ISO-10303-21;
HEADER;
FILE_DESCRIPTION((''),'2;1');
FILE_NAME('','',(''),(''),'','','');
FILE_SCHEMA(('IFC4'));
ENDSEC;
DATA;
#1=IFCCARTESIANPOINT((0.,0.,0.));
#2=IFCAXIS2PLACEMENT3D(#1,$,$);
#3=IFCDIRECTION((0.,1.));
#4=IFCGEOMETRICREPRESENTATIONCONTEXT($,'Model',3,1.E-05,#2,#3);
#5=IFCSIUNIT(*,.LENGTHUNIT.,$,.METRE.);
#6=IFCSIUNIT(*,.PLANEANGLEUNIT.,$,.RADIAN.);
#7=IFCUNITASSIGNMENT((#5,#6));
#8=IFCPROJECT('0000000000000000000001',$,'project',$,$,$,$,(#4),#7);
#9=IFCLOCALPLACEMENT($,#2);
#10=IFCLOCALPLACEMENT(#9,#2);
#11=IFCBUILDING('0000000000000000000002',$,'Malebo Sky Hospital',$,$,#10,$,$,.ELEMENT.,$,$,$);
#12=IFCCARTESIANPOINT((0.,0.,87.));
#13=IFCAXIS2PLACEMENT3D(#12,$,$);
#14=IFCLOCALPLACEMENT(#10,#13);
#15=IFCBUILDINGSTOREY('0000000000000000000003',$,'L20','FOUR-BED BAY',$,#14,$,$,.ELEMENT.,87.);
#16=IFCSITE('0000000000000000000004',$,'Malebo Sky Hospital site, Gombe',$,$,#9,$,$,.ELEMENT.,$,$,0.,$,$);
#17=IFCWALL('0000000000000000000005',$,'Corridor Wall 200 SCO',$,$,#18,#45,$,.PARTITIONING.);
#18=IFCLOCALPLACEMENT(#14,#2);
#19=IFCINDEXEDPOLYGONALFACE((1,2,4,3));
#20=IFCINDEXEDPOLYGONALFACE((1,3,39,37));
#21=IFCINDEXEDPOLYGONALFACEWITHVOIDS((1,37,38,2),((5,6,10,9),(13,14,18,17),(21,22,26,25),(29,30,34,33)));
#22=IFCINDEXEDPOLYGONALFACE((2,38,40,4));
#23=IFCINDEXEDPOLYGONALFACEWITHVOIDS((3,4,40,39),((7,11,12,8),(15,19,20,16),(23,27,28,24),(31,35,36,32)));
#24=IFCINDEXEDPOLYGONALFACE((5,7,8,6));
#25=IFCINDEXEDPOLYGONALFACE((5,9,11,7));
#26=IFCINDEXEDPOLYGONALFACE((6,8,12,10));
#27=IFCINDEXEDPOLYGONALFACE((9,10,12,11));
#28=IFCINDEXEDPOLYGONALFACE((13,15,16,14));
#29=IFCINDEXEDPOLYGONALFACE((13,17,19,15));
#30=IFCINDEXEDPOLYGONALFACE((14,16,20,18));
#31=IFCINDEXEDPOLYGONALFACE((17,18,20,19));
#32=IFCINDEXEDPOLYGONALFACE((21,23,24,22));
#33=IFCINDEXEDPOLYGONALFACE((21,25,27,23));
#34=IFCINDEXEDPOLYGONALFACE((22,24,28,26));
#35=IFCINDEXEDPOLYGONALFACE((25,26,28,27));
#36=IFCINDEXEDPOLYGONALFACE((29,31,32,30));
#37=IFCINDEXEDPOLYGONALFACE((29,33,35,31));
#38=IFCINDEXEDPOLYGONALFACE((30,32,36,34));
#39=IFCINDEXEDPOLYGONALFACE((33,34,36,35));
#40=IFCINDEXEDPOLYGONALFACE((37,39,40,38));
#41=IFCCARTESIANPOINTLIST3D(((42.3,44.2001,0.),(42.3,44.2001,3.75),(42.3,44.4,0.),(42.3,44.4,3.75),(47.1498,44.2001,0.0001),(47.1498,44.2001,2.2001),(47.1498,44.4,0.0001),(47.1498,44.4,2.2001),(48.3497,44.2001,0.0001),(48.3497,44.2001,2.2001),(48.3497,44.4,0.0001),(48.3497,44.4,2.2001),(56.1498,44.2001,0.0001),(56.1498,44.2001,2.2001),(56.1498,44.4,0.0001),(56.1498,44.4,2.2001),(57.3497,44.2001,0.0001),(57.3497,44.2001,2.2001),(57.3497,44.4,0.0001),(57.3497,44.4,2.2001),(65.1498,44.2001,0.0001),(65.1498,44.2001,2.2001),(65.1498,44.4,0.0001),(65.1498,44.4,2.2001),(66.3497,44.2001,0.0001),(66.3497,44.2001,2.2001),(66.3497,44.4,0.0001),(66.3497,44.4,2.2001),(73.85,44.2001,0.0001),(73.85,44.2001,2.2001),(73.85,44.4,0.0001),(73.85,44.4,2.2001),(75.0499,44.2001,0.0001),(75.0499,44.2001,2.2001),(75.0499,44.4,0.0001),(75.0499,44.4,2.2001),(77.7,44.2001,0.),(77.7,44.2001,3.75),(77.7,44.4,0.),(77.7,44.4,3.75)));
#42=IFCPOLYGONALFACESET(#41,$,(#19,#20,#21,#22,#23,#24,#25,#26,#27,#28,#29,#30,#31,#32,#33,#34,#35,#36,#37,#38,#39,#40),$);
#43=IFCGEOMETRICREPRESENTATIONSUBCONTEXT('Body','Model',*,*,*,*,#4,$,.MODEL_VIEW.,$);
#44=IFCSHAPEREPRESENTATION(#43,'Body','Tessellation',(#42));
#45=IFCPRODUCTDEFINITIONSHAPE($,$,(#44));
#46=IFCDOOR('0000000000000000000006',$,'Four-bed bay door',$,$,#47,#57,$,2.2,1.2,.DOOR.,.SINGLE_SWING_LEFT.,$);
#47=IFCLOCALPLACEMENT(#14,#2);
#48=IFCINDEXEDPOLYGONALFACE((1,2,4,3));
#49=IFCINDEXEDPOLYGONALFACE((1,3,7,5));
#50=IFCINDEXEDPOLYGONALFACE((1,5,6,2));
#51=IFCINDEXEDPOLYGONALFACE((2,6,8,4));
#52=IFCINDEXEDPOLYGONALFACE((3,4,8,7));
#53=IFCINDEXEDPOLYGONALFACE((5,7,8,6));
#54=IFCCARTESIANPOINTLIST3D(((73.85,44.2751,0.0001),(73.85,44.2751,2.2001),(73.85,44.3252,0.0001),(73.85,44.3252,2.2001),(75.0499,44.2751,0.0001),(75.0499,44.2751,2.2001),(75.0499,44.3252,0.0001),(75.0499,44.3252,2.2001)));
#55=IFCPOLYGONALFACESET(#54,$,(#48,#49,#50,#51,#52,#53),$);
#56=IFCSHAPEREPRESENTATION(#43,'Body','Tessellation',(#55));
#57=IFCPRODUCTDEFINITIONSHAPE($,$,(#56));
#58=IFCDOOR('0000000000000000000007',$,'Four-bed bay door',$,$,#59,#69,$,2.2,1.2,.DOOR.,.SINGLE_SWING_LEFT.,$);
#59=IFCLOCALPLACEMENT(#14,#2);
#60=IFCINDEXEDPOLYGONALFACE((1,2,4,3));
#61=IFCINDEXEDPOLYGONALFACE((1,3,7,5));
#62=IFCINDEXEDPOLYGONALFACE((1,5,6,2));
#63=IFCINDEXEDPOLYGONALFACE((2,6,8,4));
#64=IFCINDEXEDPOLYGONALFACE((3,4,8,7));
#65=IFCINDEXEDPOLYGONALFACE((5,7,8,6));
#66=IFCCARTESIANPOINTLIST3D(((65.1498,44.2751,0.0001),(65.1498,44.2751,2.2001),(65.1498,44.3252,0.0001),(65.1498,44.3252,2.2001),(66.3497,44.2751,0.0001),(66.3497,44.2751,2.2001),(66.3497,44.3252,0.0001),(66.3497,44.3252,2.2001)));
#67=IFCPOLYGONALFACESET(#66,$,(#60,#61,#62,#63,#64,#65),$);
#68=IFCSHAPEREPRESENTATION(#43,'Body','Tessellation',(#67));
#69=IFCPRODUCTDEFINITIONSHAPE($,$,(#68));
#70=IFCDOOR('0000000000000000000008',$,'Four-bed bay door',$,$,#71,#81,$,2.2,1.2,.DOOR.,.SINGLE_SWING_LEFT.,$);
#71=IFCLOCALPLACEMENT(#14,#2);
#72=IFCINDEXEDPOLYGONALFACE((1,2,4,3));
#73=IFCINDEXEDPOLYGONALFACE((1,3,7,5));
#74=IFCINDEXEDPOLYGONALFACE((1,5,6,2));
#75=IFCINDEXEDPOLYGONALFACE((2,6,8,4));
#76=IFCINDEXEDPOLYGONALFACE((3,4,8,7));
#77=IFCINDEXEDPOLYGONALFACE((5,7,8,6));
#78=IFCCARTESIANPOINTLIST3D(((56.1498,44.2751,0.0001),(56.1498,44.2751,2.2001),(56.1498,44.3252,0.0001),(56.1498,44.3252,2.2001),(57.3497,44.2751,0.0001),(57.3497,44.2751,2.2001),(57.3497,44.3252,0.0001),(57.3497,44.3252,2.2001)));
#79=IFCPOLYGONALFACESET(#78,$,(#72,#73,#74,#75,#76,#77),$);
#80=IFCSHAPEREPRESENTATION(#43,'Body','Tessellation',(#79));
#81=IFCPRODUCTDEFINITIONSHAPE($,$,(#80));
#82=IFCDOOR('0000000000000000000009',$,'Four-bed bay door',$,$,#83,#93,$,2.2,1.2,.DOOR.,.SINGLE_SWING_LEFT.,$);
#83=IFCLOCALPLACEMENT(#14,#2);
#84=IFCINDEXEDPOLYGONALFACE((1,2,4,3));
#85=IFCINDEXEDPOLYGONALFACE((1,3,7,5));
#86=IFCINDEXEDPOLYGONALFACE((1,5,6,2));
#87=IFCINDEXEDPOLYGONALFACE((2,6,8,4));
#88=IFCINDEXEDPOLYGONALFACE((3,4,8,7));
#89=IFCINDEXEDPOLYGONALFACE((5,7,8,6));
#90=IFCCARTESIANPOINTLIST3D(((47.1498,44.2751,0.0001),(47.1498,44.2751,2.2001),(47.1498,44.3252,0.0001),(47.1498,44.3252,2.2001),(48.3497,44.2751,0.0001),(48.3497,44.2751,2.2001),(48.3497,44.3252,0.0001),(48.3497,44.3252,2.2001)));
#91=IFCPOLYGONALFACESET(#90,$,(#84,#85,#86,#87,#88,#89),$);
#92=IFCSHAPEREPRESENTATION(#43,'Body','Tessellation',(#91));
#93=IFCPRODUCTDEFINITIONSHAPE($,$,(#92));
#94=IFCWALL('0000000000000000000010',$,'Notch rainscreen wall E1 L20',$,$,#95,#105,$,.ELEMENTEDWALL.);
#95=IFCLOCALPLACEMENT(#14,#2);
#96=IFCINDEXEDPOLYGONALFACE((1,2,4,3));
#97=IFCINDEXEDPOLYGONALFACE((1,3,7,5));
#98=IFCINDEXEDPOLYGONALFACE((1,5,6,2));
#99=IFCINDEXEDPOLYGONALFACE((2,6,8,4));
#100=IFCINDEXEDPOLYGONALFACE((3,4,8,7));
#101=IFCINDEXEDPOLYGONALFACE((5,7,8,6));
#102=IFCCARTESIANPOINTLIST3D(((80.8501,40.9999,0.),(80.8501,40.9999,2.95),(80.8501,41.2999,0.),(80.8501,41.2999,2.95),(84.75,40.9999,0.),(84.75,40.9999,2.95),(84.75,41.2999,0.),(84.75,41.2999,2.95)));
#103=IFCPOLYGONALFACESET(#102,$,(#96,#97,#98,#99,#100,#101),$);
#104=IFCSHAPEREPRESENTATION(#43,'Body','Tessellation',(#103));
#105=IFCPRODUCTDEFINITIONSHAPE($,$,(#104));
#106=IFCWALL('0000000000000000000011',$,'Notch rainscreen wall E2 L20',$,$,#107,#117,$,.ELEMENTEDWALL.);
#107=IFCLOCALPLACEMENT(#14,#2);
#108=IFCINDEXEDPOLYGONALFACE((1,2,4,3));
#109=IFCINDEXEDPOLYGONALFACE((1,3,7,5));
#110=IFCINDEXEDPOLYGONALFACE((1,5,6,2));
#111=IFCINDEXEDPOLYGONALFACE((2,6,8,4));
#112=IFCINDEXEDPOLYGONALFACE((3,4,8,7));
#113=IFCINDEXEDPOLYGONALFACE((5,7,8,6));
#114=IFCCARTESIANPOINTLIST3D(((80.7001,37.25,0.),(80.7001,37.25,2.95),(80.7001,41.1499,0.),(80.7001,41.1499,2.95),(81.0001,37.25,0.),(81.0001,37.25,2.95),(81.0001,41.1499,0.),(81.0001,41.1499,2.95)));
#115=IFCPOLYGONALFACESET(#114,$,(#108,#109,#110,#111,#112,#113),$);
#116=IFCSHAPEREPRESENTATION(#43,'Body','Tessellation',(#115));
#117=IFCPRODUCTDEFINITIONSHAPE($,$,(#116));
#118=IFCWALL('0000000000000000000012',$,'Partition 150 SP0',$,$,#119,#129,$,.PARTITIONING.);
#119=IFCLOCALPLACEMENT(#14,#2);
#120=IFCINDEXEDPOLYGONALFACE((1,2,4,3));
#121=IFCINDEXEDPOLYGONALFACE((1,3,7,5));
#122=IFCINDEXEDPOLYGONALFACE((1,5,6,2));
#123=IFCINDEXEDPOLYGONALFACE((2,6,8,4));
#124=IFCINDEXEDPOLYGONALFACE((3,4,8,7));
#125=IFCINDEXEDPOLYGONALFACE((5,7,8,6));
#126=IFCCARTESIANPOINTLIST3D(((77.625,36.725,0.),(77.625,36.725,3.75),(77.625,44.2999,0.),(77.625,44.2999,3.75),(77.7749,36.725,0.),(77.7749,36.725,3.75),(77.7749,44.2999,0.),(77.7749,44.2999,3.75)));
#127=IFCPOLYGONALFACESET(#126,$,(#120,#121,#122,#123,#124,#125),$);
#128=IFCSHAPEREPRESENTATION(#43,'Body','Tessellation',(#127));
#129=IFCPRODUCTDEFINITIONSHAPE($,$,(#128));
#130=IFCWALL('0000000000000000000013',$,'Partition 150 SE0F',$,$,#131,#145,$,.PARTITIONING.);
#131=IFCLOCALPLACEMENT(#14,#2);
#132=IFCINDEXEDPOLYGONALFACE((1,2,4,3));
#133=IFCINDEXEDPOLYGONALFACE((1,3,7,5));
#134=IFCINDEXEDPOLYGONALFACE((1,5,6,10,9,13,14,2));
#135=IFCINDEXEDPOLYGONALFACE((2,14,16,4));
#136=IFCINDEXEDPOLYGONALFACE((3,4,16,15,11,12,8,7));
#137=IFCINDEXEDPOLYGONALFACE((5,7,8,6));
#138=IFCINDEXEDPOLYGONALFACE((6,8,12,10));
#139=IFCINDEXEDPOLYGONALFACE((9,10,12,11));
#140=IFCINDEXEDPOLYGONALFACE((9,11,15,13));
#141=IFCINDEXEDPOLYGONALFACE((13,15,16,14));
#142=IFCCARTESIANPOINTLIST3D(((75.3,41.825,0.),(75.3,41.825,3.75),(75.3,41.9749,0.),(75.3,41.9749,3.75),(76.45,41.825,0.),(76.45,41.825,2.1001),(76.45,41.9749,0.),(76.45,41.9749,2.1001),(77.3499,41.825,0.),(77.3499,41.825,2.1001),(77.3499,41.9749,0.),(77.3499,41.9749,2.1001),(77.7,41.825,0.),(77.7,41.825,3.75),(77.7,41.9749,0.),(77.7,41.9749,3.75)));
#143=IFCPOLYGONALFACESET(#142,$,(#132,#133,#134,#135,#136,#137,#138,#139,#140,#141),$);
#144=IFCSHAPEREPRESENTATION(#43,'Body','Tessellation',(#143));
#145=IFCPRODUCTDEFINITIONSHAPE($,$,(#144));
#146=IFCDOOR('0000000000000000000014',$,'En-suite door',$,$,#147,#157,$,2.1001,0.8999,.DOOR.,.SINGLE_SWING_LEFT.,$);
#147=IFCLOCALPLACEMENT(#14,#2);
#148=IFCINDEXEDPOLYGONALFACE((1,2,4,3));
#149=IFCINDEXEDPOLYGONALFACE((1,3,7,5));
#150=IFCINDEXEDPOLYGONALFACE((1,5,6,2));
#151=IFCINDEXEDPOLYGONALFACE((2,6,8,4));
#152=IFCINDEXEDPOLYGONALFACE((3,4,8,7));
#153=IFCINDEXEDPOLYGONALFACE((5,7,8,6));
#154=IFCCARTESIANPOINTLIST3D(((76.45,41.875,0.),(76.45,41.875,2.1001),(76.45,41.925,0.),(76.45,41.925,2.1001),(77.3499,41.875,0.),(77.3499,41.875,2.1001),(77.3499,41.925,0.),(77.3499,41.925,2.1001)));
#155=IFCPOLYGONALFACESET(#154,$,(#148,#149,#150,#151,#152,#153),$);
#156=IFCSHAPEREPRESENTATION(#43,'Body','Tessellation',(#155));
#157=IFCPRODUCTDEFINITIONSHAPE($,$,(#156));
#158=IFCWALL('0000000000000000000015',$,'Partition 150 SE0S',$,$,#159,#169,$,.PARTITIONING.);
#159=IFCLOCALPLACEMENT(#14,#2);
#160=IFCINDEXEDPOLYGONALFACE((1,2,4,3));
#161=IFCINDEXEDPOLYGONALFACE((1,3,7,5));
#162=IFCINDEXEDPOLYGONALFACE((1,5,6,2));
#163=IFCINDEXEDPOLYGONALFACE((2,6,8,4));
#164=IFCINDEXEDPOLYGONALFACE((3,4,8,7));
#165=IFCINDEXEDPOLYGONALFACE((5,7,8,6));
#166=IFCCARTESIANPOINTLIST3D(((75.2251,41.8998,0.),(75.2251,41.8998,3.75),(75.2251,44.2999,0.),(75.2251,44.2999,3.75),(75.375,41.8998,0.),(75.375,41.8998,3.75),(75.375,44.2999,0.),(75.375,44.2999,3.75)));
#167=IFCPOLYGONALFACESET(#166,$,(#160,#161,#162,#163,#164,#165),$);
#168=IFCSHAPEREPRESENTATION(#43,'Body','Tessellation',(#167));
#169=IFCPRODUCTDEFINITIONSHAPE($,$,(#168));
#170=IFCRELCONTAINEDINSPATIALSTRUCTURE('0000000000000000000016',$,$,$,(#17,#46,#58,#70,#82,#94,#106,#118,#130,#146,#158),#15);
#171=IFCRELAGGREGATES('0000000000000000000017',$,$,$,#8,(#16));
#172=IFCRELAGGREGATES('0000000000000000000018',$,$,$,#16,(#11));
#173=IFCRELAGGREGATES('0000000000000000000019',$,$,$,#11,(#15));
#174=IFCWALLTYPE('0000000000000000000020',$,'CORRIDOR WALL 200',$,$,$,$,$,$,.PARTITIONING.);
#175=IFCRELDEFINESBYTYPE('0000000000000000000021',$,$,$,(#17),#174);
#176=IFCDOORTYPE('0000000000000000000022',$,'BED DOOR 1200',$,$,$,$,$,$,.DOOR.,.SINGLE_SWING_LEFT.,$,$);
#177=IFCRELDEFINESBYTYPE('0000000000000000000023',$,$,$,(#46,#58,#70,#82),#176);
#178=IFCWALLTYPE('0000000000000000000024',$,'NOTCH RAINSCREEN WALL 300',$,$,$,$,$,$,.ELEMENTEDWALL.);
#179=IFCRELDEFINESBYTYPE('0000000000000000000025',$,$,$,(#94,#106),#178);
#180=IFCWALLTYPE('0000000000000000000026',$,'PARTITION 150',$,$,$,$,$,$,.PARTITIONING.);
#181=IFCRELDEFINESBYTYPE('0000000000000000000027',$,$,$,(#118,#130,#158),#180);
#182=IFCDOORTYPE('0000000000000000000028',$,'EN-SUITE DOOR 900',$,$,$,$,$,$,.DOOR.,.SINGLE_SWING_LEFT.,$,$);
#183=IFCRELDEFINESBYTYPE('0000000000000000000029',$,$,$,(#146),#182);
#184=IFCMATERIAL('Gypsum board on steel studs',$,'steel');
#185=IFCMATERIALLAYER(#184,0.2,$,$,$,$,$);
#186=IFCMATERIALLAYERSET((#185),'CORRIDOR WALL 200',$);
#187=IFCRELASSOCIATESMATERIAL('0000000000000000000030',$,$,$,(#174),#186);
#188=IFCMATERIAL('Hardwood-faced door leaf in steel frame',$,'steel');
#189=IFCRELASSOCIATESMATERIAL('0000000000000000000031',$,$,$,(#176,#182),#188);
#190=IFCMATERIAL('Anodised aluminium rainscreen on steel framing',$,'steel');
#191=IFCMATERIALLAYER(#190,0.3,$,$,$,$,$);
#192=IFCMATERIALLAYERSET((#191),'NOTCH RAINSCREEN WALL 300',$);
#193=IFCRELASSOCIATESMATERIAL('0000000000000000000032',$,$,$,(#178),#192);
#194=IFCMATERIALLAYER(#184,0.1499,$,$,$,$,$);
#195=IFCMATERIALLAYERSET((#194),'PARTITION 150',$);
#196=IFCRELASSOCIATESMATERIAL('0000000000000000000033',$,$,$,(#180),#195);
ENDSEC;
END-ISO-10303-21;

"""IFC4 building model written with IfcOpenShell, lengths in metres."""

from ifc_helpers import new_model, si_unit, direction, frame, frame_2d, origin, place, context, subcontext, project, spatial, rectangle, extrude, material, layer, layer_set, type_object, element, fill, save


model = new_model("IFC4")

# Units and contexts
model_context = context("Model", 3, precision=1e-05, world=origin(), true_north=direction((0.0, 1.0)))
body_context = subcontext(model_context, "Body", "Model", "MODEL_VIEW")
ifc_project = project(units=[si_unit("LENGTHUNIT", "METRE"), si_unit("PLANEANGLEUNIT", "RADIAN")], contexts=[model_context])

# Site, building, storey
site_placement = place(None, origin())
site = spatial("IfcSite", under=ifc_project, at=site_placement, Name="Malebo Sky Hospital site, Gombe", CompositionType="ELEMENT", RefElevation=0.0)
building_placement = place(site_placement, origin())
building = spatial("IfcBuilding", under=site, at=building_placement, Name="Malebo Sky Hospital", CompositionType="ELEMENT")
storey_placement = place(building_placement, frame((0.0, 0.0, 87.0)))
storey = spatial("IfcBuildingStorey", under=building, at=storey_placement, Name="L20", Description="FOUR-BED BAY", CompositionType="ELEMENT", Elevation=87.0)

# Wall, openings, doors
ifc_material_1 = material(Name="Gypsum board on steel studs", Category="steel")
ifc_layer_1 = layer(ifc_material_1, 0.2)
ifc_layer_set_1 = layer_set([ifc_layer_1], Name="CORRIDOR WALL 200")
wall_type_1 = type_object("IfcWallType", Name="CORRIDOR WALL 200", PredefinedType="PARTITIONING", material=ifc_layer_set_1)
wall_1_placement = place(storey_placement, frame((77.7, 44.3, 0.0), z_axis=(0.0, 0.0, 1.0), x_axis=(-1.0, 0.0, 0.0)))
wall_1 = element("IfcWall", 1, at=wall_1_placement, inside=storey, type_object=wall_type_1, Name="Corridor Wall 200 SCO", PredefinedType="PARTITIONING", context=body_context, shape_type="SweptSolid", body=[
    extrude(rectangle(XDim=35.3999, YDim=0.2, at=frame_2d((17.7, 0.0))), origin(), (0.0, 0.0, 1.0), 3.75),
])
opening_1_placement = place(wall_1_placement, frame((2.6499, 0.0, 0.0)))
opening_1 = element("IfcOpeningElement", 2, at=opening_1_placement, cuts=wall_1, PredefinedType="OPENING", context=body_context, shape_type="SweptSolid", body=[
    extrude(rectangle(XDim=1.2, YDim=2.2, at=frame_2d((0.6001, 1.1001))), frame((0.0, 0.1099, 0.0), z_axis=(0.0, -1.0, 0.0), x_axis=(1.0, 0.0, 0.0)), (0.0, 0.0, 1.0), 0.22),
])
opening_2_placement = place(wall_1_placement, frame((11.3501, 0.0, 0.0)))
opening_2 = element("IfcOpeningElement", 3, at=opening_2_placement, cuts=wall_1, PredefinedType="OPENING", context=body_context, shape_type="SweptSolid", body=[
    extrude(rectangle(XDim=1.2, YDim=2.2, at=frame_2d((0.6001, 1.1001))), frame((0.0, 0.1099, 0.0), z_axis=(0.0, -1.0, 0.0), x_axis=(1.0, 0.0, 0.0)), (0.0, 0.0, 1.0), 0.22),
])
opening_3_placement = place(wall_1_placement, frame((20.3501, 0.0, 0.0)))
opening_3 = element("IfcOpeningElement", 4, at=opening_3_placement, cuts=wall_1, PredefinedType="OPENING", context=body_context, shape_type="SweptSolid", body=[
    extrude(rectangle(XDim=1.2, YDim=2.2, at=frame_2d((0.6001, 1.1001))), frame((0.0, 0.1099, 0.0), z_axis=(0.0, -1.0, 0.0), x_axis=(1.0, 0.0, 0.0)), (0.0, 0.0, 1.0), 0.22),
])
opening_4_placement = place(wall_1_placement, frame((29.3501, 0.0, 0.0)))
opening_4 = element("IfcOpeningElement", 5, at=opening_4_placement, cuts=wall_1, PredefinedType="OPENING", context=body_context, shape_type="SweptSolid", body=[
    extrude(rectangle(XDim=1.2, YDim=2.2, at=frame_2d((0.6001, 1.1001))), frame((0.0, 0.1099, 0.0), z_axis=(0.0, -1.0, 0.0), x_axis=(1.0, 0.0, 0.0)), (0.0, 0.0, 1.0), 0.22),
])
ifc_material_2 = material(Name="Hardwood-faced door leaf in steel frame", Category="steel")
door_type_1 = type_object("IfcDoorType", Name="BED DOOR 1200", OperationType="SINGLE_SWING_LEFT", PredefinedType="DOOR", material=ifc_material_2)
door_1_placement = place(opening_1_placement, origin())
door_1 = element("IfcDoor", 6, at=door_1_placement, inside=storey, type_object=door_type_1, Name="Four-bed bay door", OperationType="SINGLE_SWING_LEFT", OverallHeight=2.2, OverallWidth=1.2, PredefinedType="DOOR", context=body_context, shape_type="SweptSolid", body=[
    extrude(rectangle(XDim=1.2, YDim=2.2, at=frame_2d((0.6001, 1.1001))), frame((0.0, 0.0249, 0.0), z_axis=(0.0, -1.0, 0.0), x_axis=(1.0, 0.0, 0.0)), (0.0, 0.0, 1.0), 0.05),
])
fill(opening_1, door_1)
door_2_placement = place(opening_2_placement, origin())
door_2 = element("IfcDoor", 7, at=door_2_placement, inside=storey, type_object=door_type_1, Name="Four-bed bay door", OperationType="SINGLE_SWING_LEFT", OverallHeight=2.2, OverallWidth=1.2, PredefinedType="DOOR", context=body_context, shape_type="SweptSolid", body=[
    extrude(rectangle(XDim=1.2, YDim=2.2, at=frame_2d((0.6001, 1.1001))), frame((0.0, 0.0249, 0.0), z_axis=(0.0, -1.0, 0.0), x_axis=(1.0, 0.0, 0.0)), (0.0, 0.0, 1.0), 0.05),
])
fill(opening_2, door_2)
door_3_placement = place(opening_3_placement, origin())
door_3 = element("IfcDoor", 8, at=door_3_placement, inside=storey, type_object=door_type_1, Name="Four-bed bay door", OperationType="SINGLE_SWING_LEFT", OverallHeight=2.2, OverallWidth=1.2, PredefinedType="DOOR", context=body_context, shape_type="SweptSolid", body=[
    extrude(rectangle(XDim=1.2, YDim=2.2, at=frame_2d((0.6001, 1.1001))), frame((0.0, 0.0249, 0.0), z_axis=(0.0, -1.0, 0.0), x_axis=(1.0, 0.0, 0.0)), (0.0, 0.0, 1.0), 0.05),
])
fill(opening_3, door_3)
door_4_placement = place(opening_4_placement, origin())
door_4 = element("IfcDoor", 9, at=door_4_placement, inside=storey, type_object=door_type_1, Name="Four-bed bay door", OperationType="SINGLE_SWING_LEFT", OverallHeight=2.2, OverallWidth=1.2, PredefinedType="DOOR", context=body_context, shape_type="SweptSolid", body=[
    extrude(rectangle(XDim=1.2, YDim=2.2, at=frame_2d((0.6001, 1.1001))), frame((0.0, 0.0249, 0.0), z_axis=(0.0, -1.0, 0.0), x_axis=(1.0, 0.0, 0.0)), (0.0, 0.0, 1.0), 0.05),
])
fill(opening_4, door_4)

# Walls
ifc_material_3 = material(Name="Anodised aluminium rainscreen on steel framing", Category="steel")
ifc_layer_2 = layer(ifc_material_3, 0.3)
ifc_layer_set_2 = layer_set([ifc_layer_2], Name="NOTCH RAINSCREEN WALL 300")
wall_type_2 = type_object("IfcWallType", Name="NOTCH RAINSCREEN WALL 300", PredefinedType="ELEMENTEDWALL", material=ifc_layer_set_2)
for number, where, z_axis, x_axis, name in (
    (10, (84.75, 41.1499, 0.0), (0.0, 0.0, 1.0), (-1.0, 0.0, 0.0), "Notch rainscreen wall E1 L20"),
    (11, (80.8501, 41.1499, 0.0), (0.0, 0.0, 1.0), (0.0, -1.0, 0.0), "Notch rainscreen wall E2 L20"),
):
    element("IfcWall", number, at=place(storey_placement, frame(where, z_axis=z_axis, x_axis=x_axis)), inside=storey, type_object=wall_type_2, Name=name, PredefinedType="ELEMENTEDWALL", context=body_context, shape_type="SweptSolid", body=[
        extrude(rectangle(XDim=3.8999, YDim=0.3, at=frame_2d((1.95, 0.0))), origin(), (0.0, 0.0, 1.0), 2.95),
    ])
ifc_layer_3 = layer(ifc_material_1, 0.1499)
ifc_layer_set_3 = layer_set([ifc_layer_3], Name="PARTITION 150")
wall_type_3 = type_object("IfcWallType", Name="PARTITION 150", PredefinedType="PARTITIONING", material=ifc_layer_set_3)
wall_2_placement = place(storey_placement, frame((77.7, 44.3, 0.0), z_axis=(0.0, 0.0, 1.0), x_axis=(0.0, -1.0, 0.0)))
element("IfcWall", 12, at=wall_2_placement, inside=storey, type_object=wall_type_3, Name="Partition 150 SP0", PredefinedType="PARTITIONING", context=body_context, shape_type="SweptSolid", body=[
    extrude(rectangle(XDim=7.575, YDim=0.1499, at=frame_2d((3.7876, 0.0))), origin(), (0.0, 0.0, 1.0), 3.75),
])

# Wall, opening, door
wall_3_placement = place(storey_placement, frame((77.7, 41.8999, 0.0), z_axis=(0.0, 0.0, 1.0), x_axis=(-1.0, 0.0, 0.0)))
wall_3 = element("IfcWall", 13, at=wall_3_placement, inside=storey, type_object=wall_type_3, Name="Partition 150 SE0F", PredefinedType="PARTITIONING", context=body_context, shape_type="SweptSolid", body=[
    extrude(rectangle(XDim=2.3999, YDim=0.1499, at=frame_2d((1.2, 0.0))), origin(), (0.0, 0.0, 1.0), 3.75),
])
opening_5_placement = place(wall_3_placement, frame((0.3501, 0.0, 0.0)))
opening_5 = element("IfcOpeningElement", 14, at=opening_5_placement, cuts=wall_3, PredefinedType="OPENING", context=body_context, shape_type="SweptSolid", body=[
    extrude(rectangle(XDim=0.8999, YDim=2.1001, at=frame_2d((0.45, 1.05))), frame((0.0, 0.085, 0.0), z_axis=(0.0, -1.0, 0.0), x_axis=(1.0, 0.0, 0.0)), (0.0, 0.0, 1.0), 0.1699),
])
door_type_2 = type_object("IfcDoorType", Name="EN-SUITE DOOR 900", OperationType="SINGLE_SWING_LEFT", PredefinedType="DOOR", material=ifc_material_2)
door_5_placement = place(opening_5_placement, origin())
door_5 = element("IfcDoor", 15, at=door_5_placement, inside=storey, type_object=door_type_2, Name="En-suite door", OperationType="SINGLE_SWING_LEFT", OverallHeight=2.1001, OverallWidth=0.8999, PredefinedType="DOOR", context=body_context, shape_type="SweptSolid", body=[
    extrude(rectangle(XDim=0.8999, YDim=2.1001, at=frame_2d((0.45, 1.05))), frame((0.0, 0.0249, 0.0), z_axis=(0.0, -1.0, 0.0), x_axis=(1.0, 0.0, 0.0)), (0.0, 0.0, 1.0), 0.05),
])
fill(opening_5, door_5)

# Wall
for number, where, z_axis, x_axis, name in (
    (16, (75.3, 44.3, 0.0), (0.0, 0.0, 1.0), (0.0, -1.0, 0.0), "Partition 150 SE0S"),
):
    element("IfcWall", number, at=place(storey_placement, frame(where, z_axis=z_axis, x_axis=x_axis)), inside=storey, type_object=wall_type_3, Name=name, PredefinedType="PARTITIONING", context=body_context, shape_type="SweptSolid", body=[
        extrude(rectangle(XDim=2.4001, YDim=0.1499, at=frame_2d((1.2002, 0.0))), origin(), (0.0, 0.0, 1.0), 3.75),
    ])

save(model, "model.ifc")
